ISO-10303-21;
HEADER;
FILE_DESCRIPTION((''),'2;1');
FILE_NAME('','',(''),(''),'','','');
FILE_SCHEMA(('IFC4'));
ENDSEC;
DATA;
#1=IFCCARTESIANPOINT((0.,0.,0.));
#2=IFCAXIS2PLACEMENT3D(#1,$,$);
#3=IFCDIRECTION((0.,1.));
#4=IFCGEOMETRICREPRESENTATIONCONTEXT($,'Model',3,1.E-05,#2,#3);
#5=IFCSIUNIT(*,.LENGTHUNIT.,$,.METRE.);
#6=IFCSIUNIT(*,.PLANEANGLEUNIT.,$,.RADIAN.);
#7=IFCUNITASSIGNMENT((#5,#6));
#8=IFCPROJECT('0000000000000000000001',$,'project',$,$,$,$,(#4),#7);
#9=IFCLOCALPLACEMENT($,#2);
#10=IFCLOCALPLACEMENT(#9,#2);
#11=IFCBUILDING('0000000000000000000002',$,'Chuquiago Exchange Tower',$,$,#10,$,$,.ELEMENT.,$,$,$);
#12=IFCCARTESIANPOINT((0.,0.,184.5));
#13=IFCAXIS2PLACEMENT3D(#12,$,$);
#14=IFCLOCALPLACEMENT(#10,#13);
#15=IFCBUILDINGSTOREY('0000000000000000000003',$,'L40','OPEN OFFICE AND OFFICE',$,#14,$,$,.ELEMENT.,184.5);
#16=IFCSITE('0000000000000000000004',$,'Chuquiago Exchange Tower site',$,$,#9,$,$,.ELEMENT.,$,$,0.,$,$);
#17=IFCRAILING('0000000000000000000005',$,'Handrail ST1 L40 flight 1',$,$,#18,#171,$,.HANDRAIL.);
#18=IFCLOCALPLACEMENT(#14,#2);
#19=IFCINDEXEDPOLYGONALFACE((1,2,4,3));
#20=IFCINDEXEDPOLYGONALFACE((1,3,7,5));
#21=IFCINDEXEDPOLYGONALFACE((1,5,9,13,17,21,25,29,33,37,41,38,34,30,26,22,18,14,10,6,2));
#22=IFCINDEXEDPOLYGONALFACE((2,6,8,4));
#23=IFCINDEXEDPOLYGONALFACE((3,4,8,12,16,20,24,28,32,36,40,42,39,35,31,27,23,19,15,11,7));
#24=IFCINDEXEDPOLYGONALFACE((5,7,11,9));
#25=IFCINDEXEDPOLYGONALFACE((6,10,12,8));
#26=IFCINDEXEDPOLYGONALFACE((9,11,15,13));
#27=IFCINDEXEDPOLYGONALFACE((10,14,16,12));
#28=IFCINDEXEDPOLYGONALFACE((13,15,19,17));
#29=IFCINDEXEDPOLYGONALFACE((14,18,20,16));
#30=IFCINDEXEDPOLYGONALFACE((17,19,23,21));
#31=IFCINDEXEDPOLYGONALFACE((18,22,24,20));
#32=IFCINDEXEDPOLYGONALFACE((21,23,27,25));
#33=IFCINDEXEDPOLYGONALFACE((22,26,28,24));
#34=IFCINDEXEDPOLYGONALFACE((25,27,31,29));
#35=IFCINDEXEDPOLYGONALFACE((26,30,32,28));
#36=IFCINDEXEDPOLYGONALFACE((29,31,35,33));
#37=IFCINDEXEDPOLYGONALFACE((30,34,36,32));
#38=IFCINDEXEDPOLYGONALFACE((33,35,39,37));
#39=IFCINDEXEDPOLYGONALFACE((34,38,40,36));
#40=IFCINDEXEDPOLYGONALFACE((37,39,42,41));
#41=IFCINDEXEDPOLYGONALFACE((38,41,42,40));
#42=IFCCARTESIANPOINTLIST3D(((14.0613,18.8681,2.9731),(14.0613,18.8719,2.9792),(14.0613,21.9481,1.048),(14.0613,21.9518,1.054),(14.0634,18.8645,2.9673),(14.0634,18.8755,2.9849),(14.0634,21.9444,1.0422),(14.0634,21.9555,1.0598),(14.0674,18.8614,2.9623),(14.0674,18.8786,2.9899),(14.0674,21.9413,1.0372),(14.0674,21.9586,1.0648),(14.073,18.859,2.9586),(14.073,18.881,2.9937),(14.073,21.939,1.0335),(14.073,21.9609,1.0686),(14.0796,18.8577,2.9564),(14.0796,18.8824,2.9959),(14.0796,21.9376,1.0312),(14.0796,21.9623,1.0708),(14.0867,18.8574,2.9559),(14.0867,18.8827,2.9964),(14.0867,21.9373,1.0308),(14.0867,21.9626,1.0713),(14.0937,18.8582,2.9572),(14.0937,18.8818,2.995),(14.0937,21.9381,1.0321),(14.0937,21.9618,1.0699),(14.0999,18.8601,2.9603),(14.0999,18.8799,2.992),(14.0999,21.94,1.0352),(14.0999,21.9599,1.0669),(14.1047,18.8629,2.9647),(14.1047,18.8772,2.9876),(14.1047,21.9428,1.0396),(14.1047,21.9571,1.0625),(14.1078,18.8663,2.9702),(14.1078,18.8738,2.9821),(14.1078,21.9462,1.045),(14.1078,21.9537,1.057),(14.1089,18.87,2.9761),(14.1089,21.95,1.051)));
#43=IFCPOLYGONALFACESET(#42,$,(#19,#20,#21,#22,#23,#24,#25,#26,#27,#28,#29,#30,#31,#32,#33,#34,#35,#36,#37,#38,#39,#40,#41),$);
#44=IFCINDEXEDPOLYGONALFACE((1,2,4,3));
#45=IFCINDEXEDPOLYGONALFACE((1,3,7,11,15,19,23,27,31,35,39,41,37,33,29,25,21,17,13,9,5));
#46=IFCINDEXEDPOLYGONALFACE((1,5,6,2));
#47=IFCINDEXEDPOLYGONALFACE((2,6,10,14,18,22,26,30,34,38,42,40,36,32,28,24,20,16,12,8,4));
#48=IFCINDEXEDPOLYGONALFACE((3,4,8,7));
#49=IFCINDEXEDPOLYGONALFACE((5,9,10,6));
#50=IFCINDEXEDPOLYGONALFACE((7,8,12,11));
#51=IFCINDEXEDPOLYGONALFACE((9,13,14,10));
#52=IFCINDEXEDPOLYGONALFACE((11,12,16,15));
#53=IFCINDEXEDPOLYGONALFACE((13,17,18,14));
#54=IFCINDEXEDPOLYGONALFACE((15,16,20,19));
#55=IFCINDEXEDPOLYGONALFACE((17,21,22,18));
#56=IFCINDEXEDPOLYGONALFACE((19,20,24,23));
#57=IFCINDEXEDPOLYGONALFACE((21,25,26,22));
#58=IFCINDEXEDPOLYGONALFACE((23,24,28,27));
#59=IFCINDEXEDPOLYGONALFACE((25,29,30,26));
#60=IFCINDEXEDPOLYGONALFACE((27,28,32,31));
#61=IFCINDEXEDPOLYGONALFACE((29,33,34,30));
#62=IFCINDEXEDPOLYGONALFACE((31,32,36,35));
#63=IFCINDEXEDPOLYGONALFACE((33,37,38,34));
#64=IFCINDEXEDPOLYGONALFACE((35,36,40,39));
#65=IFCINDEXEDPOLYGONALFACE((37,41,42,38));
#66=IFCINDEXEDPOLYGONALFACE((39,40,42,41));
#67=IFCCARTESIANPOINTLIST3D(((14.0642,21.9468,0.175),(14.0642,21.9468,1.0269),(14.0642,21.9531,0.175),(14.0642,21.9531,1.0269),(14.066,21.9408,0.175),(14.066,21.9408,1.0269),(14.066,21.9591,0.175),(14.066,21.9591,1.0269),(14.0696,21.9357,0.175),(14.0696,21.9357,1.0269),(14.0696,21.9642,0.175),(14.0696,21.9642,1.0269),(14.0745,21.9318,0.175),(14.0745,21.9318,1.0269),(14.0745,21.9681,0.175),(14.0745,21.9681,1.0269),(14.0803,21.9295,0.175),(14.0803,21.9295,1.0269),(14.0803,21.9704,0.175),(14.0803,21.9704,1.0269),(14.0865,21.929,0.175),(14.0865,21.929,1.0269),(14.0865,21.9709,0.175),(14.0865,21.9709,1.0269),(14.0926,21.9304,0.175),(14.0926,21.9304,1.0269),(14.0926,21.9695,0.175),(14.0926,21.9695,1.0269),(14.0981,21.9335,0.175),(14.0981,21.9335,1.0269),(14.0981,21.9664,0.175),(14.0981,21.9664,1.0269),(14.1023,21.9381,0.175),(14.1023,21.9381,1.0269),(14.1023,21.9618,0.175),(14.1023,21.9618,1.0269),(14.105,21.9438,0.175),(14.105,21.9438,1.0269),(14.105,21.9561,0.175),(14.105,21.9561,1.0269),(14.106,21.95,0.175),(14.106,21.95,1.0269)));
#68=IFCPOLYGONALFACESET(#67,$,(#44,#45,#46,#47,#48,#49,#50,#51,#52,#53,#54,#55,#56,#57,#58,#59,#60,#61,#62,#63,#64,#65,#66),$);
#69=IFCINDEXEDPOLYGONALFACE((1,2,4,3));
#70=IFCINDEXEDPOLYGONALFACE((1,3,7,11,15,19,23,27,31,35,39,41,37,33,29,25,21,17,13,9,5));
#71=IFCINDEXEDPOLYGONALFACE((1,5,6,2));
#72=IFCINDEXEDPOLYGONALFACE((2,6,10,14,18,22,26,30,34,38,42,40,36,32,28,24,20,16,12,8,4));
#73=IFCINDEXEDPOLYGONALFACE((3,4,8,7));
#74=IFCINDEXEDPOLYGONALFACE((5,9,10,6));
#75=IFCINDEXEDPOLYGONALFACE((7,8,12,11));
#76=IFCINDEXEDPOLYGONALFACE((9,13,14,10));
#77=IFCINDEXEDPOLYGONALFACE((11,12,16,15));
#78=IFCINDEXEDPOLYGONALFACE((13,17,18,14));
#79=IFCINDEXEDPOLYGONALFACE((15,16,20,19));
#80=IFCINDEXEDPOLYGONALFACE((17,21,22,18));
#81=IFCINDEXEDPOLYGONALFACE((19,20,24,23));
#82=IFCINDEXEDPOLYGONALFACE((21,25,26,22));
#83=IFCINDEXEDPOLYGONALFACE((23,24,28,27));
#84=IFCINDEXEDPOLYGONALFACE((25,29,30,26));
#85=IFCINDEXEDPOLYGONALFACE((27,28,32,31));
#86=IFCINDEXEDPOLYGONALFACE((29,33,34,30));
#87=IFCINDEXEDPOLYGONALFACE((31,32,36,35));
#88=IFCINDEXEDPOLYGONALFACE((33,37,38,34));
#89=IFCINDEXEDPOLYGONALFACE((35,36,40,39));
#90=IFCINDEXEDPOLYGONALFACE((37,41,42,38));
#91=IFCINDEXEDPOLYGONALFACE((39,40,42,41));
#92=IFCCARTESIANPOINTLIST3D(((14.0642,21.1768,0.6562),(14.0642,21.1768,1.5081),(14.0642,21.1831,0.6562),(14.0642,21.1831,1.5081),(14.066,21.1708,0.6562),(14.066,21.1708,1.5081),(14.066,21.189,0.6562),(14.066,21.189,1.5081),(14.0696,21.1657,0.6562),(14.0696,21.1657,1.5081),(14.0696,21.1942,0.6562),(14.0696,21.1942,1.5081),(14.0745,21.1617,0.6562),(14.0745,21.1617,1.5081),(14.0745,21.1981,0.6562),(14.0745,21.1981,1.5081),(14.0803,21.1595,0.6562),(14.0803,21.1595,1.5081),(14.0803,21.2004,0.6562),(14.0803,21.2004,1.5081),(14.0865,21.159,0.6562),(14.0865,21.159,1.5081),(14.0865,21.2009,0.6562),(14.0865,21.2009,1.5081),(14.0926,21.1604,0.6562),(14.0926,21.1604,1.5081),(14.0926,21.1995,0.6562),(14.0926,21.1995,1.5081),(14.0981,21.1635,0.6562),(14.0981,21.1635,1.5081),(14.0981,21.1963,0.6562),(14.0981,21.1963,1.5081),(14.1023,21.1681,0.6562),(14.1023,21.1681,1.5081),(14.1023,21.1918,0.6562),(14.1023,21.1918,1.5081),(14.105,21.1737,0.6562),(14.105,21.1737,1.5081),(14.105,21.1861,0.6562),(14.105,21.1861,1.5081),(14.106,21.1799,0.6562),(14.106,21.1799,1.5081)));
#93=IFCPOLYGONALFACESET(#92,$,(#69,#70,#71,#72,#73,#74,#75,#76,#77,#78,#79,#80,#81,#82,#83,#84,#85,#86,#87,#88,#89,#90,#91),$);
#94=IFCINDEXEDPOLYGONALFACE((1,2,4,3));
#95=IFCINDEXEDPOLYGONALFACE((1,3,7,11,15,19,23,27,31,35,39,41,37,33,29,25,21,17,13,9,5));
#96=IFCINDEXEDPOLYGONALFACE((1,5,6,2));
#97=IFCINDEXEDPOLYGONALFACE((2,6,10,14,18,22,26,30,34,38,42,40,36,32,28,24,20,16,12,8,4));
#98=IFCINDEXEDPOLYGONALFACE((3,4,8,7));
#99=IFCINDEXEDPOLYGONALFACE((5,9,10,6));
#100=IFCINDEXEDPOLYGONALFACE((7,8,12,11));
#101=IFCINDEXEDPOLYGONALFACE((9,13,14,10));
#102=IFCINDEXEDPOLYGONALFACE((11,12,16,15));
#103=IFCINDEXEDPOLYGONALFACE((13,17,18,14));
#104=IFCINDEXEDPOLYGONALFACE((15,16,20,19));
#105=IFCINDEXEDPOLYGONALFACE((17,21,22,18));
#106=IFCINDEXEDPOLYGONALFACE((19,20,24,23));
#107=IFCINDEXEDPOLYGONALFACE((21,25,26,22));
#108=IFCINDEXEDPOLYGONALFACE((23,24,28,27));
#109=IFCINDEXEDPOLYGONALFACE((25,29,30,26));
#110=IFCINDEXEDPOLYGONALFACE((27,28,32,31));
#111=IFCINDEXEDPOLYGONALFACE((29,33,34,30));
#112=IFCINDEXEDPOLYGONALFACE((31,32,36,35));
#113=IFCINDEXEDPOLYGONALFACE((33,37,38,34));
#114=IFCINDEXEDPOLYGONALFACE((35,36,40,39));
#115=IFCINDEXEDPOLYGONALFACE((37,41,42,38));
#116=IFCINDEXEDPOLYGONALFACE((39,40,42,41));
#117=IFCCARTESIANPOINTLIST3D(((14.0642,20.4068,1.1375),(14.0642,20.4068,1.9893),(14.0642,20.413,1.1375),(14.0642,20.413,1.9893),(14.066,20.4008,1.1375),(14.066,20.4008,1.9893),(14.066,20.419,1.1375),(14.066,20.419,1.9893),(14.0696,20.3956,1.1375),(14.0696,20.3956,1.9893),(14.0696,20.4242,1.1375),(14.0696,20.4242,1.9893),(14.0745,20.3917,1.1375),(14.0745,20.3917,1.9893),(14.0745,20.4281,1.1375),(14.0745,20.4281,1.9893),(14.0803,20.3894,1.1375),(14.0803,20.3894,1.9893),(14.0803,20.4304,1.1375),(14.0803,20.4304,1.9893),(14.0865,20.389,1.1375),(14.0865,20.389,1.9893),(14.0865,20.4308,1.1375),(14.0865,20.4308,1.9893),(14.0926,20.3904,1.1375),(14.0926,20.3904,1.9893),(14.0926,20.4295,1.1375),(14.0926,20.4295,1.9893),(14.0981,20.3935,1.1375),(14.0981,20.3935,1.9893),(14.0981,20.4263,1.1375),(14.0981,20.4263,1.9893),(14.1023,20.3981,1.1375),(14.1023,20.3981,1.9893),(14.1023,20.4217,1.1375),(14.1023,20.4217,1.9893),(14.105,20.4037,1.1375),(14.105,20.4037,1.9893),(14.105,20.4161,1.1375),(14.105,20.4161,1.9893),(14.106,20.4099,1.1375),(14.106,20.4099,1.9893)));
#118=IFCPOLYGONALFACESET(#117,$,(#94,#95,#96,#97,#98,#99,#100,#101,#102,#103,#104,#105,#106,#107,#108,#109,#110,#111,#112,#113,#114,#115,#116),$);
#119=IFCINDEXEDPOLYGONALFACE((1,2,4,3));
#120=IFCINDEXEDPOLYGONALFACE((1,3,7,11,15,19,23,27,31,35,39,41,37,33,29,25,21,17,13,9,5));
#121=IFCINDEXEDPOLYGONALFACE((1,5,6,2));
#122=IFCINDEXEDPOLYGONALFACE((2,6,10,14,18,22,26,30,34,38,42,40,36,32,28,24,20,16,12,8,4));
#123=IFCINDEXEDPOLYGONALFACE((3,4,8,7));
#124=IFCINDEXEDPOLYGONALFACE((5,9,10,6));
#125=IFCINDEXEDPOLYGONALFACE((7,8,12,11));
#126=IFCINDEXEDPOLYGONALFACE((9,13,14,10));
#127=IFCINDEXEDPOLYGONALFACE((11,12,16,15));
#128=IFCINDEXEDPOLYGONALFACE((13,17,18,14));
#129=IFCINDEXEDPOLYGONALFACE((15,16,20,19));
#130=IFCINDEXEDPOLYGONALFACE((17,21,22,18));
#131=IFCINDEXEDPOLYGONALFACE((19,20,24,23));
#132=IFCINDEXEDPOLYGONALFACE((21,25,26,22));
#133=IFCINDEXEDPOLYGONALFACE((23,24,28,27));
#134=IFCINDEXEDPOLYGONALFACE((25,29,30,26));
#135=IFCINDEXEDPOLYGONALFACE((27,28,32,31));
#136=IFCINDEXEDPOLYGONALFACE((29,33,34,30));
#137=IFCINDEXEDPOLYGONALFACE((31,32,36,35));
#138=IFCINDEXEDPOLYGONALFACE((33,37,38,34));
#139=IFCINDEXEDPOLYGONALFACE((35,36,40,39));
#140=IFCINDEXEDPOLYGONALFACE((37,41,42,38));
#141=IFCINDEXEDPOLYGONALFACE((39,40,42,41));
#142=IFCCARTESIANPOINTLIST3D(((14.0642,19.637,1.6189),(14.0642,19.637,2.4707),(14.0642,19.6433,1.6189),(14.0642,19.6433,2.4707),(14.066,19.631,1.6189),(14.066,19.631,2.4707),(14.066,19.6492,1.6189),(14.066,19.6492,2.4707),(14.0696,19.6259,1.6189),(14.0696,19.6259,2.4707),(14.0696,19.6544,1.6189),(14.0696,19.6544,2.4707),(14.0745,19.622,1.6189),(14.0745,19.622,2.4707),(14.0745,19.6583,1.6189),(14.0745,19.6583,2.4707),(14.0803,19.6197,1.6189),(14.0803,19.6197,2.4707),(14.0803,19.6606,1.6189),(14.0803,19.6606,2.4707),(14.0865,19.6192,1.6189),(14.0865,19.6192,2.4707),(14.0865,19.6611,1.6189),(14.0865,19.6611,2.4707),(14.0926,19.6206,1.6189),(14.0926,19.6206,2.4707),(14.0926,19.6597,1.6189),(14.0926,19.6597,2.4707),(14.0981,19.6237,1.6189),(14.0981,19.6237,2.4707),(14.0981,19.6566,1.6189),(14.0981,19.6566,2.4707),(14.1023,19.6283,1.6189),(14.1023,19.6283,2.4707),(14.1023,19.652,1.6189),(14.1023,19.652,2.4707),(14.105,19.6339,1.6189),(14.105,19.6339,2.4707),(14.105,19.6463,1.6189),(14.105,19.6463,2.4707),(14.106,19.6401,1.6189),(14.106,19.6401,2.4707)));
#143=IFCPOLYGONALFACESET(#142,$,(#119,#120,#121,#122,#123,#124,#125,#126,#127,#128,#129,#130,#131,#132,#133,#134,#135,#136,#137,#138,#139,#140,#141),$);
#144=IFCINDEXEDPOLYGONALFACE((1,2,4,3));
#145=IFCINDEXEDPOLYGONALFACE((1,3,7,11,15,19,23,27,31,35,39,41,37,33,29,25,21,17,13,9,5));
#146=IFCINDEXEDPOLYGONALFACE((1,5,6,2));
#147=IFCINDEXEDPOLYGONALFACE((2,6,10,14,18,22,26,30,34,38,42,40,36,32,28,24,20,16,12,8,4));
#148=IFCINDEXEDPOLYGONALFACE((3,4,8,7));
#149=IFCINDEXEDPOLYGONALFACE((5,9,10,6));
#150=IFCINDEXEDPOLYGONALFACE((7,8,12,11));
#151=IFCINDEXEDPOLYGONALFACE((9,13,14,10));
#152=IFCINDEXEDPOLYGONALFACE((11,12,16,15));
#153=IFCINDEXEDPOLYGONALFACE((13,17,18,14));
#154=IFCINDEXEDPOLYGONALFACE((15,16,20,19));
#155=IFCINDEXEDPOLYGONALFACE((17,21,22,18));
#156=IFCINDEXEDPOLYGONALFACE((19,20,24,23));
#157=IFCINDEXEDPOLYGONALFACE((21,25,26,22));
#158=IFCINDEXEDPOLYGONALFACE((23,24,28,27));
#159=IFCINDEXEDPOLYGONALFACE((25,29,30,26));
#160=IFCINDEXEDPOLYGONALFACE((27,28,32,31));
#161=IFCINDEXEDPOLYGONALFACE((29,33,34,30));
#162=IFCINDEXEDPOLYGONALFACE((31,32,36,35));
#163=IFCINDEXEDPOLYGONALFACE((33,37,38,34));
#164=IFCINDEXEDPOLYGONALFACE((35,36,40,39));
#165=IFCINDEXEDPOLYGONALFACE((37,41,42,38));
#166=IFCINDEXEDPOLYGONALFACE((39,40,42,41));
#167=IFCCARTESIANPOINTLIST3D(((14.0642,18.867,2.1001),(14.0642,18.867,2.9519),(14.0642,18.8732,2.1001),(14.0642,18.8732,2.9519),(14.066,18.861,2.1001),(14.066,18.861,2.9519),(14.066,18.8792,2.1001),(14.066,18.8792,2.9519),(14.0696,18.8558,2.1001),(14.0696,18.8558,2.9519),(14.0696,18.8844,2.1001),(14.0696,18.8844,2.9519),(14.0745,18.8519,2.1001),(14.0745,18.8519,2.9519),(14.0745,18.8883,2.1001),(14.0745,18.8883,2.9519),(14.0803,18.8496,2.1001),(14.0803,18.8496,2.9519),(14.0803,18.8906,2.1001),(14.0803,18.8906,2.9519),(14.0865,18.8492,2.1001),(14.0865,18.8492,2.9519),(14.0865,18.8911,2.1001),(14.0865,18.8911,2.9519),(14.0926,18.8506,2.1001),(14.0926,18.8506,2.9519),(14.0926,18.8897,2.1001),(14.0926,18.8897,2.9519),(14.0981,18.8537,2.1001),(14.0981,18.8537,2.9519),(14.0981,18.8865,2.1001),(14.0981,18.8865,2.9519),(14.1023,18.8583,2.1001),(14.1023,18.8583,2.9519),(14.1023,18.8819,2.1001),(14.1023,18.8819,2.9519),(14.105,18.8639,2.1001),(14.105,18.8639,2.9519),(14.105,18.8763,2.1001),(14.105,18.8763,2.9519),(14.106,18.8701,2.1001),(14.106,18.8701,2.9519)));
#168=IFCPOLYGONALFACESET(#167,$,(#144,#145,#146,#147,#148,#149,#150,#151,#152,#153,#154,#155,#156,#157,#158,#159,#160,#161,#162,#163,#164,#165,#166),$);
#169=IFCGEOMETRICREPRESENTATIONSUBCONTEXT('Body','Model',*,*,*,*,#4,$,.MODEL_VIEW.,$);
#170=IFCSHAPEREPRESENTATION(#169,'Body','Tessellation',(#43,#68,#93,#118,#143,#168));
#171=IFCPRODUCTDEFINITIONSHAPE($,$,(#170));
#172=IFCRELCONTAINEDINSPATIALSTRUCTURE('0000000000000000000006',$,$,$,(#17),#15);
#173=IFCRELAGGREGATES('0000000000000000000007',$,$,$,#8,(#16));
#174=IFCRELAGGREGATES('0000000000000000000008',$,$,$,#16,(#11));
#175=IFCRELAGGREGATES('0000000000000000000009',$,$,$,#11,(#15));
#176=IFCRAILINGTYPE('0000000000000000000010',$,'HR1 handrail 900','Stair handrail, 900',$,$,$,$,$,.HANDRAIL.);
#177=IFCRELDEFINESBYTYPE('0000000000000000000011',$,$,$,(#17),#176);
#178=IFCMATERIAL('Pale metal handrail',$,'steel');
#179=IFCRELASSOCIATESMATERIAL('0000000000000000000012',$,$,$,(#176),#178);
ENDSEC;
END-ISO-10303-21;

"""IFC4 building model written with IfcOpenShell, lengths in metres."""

from ifc_helpers import new_model, si_unit, direction, frame, origin, origin_2d, place, context, subcontext, project, spatial, circle, extrude, material, type_object, element, save


model = new_model("IFC4")

# Units and contexts
model_context = context("Model", 3, precision=1e-05, world=origin(), true_north=direction((0.0, 1.0)))
body_context = subcontext(model_context, "Body", "Model", "MODEL_VIEW")
ifc_project = project(units=[si_unit("LENGTHUNIT", "METRE"), si_unit("PLANEANGLEUNIT", "RADIAN")], contexts=[model_context])

# Site, building, storey
site_placement = place(None, origin())
site = spatial("IfcSite", under=ifc_project, at=site_placement, Name="Chuquiago Exchange Tower site", CompositionType="ELEMENT", RefElevation=0.0)
building_placement = place(site_placement, origin())
building = spatial("IfcBuilding", under=site, at=building_placement, Name="Chuquiago Exchange Tower", CompositionType="ELEMENT")
storey_placement = place(building_placement, frame((0.0, 0.0, 184.5)))
storey = spatial("IfcBuildingStorey", under=building, at=storey_placement, Name="L40", Description="OPEN OFFICE AND OFFICE", CompositionType="ELEMENT", Elevation=184.5)

# Railing
ifc_material_1 = material(Name="Pale metal handrail", Category="steel")
railing_type_1 = type_object("IfcRailingType", Name="HR1 handrail 900", Description="Stair handrail, 900", PredefinedType="HANDRAIL", material=ifc_material_1)
for number, where, name in (
    (1, (14.085, 21.95, 0.175), "Handrail ST1 L40 flight 1"),
):
    element("IfcRailing", number, at=place(storey_placement, frame(where)), inside=storey, type_object=railing_type_1, Name=name, PredefinedType="HANDRAIL", context=body_context, shape_type="SweptSolid", body=[
        extrude(circle(Radius=0.0239, at=origin_2d()), frame((0.0, 0.0, 0.876), z_axis=(0.0, -0.847979, 0.530029), x_axis=(1.0, 0.0, 0.0)), (0.0, 0.0, 1.0), 3.6321),
        extrude(circle(Radius=0.021, at=origin_2d()), origin(), (0.0, 0.0, 1.0), 0.8518),
        extrude(circle(Radius=0.021, at=origin_2d()), frame((0.0, -0.77, 0.4812)), (0.0, 0.0, 1.0), 0.8518),
        extrude(circle(Radius=0.021, at=origin_2d()), frame((0.0, -1.54, 0.9624)), (0.0, 0.0, 1.0), 0.8518),
        extrude(circle(Radius=0.021, at=origin_2d()), frame((0.0, -2.3098, 1.4438)), (0.0, 0.0, 1.0), 0.8518),
        extrude(circle(Radius=0.021, at=origin_2d()), frame((0.0, -3.0798, 1.925)), (0.0, 0.0, 1.0), 0.8518),
    ])

save(model, "model.ifc")
